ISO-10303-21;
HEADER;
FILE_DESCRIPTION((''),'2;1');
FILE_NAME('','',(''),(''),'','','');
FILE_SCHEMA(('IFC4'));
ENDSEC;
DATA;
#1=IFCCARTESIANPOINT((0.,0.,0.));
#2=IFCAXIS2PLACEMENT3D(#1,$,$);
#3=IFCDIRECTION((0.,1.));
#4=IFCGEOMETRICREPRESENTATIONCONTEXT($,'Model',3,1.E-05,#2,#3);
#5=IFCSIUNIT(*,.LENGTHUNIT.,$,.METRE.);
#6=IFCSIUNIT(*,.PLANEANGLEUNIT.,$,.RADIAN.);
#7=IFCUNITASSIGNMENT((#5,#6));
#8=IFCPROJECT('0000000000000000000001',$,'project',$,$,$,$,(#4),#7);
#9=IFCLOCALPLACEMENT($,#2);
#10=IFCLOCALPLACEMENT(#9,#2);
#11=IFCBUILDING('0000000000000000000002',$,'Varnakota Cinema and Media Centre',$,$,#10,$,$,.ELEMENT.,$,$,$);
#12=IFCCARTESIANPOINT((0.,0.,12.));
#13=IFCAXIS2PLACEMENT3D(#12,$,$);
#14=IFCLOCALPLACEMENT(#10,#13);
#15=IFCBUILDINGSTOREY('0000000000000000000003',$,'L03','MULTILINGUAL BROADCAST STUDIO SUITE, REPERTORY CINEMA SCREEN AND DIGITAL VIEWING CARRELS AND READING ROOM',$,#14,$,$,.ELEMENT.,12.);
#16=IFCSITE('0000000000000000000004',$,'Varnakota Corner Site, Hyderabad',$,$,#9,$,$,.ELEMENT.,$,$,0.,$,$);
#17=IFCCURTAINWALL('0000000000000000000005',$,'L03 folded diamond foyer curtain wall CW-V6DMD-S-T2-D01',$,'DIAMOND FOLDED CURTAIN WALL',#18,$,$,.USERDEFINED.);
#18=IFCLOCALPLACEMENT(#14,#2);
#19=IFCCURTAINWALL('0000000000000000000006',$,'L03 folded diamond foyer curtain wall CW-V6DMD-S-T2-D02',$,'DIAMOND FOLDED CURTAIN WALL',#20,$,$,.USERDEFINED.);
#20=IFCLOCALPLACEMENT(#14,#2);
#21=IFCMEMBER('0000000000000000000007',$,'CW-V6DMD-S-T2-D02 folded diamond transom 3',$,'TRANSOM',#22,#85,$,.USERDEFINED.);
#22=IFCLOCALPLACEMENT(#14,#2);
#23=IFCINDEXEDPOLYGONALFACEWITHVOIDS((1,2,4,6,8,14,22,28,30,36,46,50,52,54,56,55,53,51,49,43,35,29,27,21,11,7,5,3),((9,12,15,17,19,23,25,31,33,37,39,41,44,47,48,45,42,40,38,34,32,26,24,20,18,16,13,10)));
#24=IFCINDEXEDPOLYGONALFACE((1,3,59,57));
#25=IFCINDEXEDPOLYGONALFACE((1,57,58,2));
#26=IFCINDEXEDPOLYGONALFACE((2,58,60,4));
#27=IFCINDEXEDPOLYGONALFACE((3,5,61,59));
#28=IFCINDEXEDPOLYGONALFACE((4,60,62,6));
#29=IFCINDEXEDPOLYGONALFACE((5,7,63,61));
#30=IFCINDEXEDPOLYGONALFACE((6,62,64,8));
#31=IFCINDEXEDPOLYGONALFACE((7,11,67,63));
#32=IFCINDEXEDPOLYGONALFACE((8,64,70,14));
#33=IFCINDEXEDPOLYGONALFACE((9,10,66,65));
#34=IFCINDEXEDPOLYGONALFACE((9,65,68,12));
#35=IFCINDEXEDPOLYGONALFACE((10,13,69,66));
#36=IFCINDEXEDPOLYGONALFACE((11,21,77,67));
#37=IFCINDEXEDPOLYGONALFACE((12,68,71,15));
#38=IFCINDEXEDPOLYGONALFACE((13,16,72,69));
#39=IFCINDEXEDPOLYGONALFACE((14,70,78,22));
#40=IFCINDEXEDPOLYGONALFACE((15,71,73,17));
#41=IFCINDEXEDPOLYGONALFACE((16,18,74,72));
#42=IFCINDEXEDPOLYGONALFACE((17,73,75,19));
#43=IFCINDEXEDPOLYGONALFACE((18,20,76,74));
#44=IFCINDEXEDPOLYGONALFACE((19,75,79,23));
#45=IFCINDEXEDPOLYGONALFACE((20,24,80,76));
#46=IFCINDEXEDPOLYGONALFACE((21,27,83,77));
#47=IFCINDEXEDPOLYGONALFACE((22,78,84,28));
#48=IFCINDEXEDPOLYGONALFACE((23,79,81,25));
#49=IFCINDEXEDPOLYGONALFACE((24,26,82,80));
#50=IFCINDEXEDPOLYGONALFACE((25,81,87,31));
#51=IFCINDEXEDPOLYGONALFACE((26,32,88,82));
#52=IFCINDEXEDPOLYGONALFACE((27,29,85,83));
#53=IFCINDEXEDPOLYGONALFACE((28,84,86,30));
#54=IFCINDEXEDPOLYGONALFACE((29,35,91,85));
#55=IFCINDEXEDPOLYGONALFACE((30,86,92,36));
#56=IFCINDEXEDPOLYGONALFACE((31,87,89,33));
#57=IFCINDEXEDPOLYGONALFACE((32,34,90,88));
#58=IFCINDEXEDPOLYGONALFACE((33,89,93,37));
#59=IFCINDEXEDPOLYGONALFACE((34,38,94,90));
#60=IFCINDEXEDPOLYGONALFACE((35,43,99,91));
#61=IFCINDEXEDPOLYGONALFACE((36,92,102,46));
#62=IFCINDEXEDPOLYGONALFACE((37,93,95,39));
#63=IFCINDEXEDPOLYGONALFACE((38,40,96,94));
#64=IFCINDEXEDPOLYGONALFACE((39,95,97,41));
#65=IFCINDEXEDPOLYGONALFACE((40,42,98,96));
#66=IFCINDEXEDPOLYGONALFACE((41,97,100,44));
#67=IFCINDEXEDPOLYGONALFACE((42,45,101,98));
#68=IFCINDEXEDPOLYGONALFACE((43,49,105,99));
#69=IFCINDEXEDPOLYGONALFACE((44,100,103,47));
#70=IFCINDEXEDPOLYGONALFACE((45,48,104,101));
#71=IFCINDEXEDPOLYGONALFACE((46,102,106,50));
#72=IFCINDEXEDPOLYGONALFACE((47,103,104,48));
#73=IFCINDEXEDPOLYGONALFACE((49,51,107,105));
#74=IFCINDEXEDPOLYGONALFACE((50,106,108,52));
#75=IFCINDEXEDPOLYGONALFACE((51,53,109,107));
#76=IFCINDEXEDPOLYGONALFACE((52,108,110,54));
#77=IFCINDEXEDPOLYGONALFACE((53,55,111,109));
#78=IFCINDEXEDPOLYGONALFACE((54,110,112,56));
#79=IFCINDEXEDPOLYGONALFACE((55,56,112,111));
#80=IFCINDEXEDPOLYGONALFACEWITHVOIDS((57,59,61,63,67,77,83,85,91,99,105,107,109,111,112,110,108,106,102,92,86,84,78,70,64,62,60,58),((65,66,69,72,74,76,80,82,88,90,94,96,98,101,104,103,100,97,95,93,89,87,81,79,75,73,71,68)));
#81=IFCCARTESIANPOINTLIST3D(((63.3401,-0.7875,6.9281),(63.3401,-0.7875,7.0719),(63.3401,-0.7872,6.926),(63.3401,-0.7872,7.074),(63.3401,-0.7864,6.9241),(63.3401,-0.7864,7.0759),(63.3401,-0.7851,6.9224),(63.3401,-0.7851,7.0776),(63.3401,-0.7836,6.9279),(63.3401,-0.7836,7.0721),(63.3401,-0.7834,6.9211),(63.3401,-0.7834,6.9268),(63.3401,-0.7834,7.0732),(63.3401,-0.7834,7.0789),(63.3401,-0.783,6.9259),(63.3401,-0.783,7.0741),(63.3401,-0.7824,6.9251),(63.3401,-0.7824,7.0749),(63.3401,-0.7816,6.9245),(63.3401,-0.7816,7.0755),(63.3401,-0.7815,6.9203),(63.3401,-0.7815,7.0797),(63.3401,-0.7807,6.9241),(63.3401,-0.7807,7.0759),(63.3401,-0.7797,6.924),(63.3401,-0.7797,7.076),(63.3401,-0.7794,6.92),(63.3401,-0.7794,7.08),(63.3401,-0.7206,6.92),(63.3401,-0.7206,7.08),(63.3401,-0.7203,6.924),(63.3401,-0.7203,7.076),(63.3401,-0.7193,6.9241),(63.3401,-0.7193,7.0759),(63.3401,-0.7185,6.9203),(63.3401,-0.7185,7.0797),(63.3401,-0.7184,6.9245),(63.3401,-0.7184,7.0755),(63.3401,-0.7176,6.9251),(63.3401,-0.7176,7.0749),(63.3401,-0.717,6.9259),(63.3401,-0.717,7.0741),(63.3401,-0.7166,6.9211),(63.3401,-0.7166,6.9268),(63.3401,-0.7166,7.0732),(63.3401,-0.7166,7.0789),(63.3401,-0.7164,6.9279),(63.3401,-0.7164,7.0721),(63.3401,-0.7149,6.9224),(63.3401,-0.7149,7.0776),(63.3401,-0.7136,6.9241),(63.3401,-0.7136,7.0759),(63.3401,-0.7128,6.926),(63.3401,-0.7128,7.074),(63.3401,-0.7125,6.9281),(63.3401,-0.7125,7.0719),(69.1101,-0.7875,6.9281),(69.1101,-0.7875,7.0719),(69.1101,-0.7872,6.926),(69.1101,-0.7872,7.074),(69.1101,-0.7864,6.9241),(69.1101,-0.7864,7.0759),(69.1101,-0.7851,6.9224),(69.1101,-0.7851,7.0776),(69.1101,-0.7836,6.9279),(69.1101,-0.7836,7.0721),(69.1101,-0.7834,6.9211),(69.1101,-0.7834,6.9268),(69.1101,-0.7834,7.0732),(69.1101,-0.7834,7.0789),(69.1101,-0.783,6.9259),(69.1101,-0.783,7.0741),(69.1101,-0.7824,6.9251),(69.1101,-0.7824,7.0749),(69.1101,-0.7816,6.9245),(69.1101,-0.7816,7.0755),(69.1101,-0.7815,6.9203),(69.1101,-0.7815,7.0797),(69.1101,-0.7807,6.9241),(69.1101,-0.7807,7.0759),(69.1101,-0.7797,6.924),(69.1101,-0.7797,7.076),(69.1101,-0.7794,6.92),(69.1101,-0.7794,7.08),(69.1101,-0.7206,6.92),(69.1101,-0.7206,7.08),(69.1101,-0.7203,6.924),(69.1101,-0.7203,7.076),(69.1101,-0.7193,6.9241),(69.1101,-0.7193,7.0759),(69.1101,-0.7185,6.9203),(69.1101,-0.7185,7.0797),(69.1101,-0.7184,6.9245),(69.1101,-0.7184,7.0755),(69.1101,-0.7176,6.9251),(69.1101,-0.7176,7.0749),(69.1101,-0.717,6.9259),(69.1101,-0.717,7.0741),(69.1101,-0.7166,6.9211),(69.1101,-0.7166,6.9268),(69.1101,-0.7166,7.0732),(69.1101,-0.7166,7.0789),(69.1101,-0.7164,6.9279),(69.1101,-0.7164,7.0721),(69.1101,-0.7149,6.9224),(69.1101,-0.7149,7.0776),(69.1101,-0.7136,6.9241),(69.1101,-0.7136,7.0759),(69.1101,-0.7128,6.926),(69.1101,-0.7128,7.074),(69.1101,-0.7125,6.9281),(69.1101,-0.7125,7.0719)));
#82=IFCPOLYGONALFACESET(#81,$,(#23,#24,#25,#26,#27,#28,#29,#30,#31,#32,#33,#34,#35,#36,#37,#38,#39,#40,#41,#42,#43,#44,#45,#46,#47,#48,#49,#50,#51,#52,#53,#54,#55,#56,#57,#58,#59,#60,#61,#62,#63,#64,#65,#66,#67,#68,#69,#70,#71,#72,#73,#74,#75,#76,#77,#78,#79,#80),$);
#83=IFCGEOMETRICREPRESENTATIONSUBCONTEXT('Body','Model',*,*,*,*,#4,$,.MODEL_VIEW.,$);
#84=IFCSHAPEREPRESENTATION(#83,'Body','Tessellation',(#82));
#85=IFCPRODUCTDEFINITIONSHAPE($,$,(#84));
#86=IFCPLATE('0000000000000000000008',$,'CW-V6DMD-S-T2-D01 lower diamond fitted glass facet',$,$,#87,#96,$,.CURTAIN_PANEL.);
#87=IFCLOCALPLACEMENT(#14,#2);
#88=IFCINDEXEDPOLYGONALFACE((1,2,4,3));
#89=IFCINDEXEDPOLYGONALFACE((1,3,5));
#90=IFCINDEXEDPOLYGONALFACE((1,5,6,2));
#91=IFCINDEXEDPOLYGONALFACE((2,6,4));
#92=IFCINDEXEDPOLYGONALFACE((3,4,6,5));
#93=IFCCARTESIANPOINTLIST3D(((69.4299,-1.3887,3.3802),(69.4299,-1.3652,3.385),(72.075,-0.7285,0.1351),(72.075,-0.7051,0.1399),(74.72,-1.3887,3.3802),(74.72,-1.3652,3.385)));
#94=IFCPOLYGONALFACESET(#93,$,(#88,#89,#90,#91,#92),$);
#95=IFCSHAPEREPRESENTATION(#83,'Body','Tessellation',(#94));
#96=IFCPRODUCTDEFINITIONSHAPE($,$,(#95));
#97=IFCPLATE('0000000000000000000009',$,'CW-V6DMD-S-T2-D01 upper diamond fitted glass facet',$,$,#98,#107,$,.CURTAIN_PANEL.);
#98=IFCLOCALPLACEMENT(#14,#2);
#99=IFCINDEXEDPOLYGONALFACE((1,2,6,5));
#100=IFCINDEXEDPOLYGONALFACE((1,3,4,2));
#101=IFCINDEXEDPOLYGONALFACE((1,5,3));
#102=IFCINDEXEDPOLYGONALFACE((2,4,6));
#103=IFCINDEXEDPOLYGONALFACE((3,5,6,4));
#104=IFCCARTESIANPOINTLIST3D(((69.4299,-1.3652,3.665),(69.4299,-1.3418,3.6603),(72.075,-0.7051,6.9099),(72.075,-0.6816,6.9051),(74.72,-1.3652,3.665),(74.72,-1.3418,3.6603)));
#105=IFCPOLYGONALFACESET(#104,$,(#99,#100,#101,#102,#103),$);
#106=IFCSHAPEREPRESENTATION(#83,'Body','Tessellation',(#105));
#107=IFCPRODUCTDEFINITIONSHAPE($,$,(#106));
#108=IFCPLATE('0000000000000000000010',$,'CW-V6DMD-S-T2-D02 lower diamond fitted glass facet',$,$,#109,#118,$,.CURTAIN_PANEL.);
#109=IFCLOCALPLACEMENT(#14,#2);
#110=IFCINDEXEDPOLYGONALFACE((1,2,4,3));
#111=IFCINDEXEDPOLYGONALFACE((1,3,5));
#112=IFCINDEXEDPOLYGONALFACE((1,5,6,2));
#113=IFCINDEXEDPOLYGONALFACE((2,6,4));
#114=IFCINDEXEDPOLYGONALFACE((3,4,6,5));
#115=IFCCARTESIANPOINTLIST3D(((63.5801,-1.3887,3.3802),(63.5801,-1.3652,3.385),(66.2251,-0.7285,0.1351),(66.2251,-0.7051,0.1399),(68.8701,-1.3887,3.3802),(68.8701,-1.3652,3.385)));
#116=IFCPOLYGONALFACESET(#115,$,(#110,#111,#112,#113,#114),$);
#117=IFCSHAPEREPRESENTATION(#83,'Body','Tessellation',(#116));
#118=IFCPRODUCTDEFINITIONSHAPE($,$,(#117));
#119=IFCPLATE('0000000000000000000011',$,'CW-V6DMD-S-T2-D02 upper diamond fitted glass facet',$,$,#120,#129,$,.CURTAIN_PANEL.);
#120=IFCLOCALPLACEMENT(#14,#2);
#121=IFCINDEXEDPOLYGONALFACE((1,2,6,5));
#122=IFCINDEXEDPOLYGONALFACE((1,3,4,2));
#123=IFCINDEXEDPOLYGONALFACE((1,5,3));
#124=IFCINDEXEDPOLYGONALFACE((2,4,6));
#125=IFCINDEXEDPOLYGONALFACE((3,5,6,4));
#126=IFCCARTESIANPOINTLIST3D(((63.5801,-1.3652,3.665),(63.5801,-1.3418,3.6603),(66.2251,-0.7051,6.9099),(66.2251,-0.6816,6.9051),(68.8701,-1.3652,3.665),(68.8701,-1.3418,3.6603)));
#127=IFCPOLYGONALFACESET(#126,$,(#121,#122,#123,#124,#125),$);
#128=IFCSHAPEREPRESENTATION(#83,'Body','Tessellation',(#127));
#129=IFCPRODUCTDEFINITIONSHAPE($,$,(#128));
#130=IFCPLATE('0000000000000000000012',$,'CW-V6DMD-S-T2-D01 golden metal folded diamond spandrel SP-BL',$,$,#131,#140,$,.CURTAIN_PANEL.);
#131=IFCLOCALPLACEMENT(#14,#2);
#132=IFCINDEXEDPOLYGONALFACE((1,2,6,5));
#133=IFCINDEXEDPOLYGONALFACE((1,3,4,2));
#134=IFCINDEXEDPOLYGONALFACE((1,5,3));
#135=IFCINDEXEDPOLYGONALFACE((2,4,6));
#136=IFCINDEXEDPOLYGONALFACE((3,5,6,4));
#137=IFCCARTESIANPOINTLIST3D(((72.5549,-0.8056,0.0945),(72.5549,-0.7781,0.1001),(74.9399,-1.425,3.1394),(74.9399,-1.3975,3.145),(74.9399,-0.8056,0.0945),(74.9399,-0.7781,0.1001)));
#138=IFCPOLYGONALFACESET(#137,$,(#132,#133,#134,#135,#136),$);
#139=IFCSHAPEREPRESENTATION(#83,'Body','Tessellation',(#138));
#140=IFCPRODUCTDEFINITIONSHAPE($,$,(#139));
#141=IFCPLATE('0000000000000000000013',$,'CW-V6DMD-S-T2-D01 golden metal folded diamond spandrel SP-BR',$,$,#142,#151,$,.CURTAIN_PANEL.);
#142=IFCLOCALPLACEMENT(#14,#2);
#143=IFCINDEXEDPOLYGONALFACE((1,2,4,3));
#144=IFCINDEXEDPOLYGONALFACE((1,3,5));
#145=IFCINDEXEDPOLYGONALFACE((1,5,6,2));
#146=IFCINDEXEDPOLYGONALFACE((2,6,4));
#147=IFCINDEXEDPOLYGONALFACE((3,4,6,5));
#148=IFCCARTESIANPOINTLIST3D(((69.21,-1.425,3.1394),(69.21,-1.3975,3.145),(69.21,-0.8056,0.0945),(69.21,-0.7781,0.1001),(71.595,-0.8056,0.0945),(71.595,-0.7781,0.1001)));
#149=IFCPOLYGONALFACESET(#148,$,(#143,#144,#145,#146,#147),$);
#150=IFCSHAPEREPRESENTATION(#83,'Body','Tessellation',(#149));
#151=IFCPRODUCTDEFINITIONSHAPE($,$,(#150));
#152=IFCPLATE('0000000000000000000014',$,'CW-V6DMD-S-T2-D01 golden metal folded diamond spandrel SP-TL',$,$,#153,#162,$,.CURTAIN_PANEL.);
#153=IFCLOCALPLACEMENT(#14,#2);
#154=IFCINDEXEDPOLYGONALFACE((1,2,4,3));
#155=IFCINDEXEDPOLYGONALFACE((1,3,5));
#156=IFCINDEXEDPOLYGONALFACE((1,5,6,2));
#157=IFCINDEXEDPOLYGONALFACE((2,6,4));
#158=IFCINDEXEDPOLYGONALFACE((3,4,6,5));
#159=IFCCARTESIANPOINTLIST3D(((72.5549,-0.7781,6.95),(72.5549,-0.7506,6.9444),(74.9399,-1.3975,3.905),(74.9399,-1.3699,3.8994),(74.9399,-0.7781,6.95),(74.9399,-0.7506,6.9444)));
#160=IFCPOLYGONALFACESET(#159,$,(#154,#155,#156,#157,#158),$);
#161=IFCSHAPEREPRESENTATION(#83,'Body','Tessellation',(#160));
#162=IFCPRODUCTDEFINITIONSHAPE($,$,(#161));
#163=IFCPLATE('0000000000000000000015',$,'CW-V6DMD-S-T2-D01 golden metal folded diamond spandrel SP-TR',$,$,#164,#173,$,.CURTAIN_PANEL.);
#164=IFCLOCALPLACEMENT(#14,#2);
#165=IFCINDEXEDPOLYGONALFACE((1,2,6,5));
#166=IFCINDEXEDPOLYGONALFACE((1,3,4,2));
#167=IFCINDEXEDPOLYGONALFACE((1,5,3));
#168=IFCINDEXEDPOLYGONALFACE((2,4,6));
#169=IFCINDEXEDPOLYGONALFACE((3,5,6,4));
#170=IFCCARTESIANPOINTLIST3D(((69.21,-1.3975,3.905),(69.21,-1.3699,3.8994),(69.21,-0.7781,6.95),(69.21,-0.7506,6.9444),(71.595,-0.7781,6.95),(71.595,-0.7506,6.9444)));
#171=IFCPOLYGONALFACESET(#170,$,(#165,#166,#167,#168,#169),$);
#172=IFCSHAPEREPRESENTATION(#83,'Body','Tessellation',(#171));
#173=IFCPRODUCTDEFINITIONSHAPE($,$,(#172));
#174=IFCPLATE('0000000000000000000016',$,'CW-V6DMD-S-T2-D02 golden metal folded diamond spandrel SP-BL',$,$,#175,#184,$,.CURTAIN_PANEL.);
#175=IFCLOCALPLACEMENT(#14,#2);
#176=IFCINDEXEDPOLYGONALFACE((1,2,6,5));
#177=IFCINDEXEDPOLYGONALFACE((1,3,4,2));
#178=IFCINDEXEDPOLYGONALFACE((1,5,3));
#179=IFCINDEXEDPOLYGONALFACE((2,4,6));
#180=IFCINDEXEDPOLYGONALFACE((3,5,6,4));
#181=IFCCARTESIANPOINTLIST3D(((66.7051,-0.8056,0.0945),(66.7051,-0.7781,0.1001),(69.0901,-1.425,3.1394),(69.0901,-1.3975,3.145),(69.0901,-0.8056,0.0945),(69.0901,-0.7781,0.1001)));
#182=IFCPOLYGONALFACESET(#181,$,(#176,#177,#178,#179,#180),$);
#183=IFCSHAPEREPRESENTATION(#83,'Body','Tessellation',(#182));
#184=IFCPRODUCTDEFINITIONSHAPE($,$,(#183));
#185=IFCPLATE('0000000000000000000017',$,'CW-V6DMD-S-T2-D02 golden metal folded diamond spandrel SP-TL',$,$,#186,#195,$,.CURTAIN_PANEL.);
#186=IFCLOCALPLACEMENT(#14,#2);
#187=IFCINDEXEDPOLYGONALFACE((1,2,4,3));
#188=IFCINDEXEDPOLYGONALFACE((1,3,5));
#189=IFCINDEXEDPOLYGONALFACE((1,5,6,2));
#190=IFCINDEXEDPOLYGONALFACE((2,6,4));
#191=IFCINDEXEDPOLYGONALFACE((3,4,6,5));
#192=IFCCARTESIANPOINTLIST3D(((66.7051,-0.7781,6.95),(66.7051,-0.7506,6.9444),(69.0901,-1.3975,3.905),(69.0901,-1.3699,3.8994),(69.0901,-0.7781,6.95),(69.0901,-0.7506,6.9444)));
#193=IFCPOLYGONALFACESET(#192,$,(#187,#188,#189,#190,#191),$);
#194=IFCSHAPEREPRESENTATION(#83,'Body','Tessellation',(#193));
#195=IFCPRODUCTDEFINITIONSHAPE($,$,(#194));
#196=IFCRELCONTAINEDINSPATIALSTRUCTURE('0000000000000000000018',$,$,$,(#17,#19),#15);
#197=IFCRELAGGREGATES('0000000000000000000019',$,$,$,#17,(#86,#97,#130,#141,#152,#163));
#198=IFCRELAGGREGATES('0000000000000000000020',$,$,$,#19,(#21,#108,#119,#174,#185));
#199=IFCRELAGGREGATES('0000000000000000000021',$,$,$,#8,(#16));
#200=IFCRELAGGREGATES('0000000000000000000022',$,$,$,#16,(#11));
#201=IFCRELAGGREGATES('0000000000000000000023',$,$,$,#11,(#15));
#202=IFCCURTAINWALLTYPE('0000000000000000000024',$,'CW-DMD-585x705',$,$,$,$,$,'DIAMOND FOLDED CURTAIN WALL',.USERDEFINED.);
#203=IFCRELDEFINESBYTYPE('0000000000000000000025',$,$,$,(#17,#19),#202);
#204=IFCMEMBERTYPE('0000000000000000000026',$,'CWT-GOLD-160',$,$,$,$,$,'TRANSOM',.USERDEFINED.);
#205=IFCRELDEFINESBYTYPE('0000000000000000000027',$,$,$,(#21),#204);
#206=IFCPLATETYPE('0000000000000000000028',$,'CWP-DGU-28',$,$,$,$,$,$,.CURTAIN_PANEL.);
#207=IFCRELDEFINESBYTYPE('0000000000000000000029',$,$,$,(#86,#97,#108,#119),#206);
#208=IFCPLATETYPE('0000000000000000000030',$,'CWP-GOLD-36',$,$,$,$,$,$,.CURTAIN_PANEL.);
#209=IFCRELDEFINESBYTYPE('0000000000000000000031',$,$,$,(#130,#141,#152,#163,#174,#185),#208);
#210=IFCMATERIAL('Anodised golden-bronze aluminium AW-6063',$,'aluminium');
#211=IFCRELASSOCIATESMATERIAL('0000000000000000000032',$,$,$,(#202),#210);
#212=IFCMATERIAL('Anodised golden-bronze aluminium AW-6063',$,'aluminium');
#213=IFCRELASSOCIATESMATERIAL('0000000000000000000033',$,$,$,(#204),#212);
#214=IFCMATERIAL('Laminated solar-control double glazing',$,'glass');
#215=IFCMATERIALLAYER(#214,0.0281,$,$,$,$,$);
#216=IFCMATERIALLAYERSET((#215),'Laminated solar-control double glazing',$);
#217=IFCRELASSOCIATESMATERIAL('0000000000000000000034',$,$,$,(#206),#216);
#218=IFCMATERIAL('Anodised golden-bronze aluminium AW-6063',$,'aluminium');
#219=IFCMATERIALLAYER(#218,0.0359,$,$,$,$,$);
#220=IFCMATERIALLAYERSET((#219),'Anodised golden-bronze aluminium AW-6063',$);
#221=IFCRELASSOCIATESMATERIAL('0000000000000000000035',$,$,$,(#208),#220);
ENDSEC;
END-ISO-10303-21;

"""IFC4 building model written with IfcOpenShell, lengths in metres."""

from ifc_helpers import new_model, si_unit, direction, frame, origin, origin_2d, place, context, subcontext, project, spatial, polyline, hollow_rectangle, outline, extrude, material, layer, layer_set, material_profile, profile_set, type_object, element, aggregate, save


model = new_model("IFC4")

# Units and contexts
model_context = context("Model", 3, precision=1e-05, world=origin(), true_north=direction((0.0, 1.0)))
body_context = subcontext(model_context, "Body", "Model", "MODEL_VIEW")
ifc_project = project(units=[si_unit("LENGTHUNIT", "METRE"), si_unit("PLANEANGLEUNIT", "RADIAN")], contexts=[model_context])

# Site, building, storey
site_placement = place(None, origin())
site = spatial("IfcSite", under=ifc_project, at=site_placement, Name="Varnakota Corner Site, Hyderabad", CompositionType="ELEMENT", RefElevation=0.0)
building_placement = place(site_placement, origin())
building = spatial("IfcBuilding", under=site, at=building_placement, Name="Varnakota Cinema and Media Centre", CompositionType="ELEMENT")
storey_placement = place(building_placement, frame((0.0, 0.0, 12.0)))
storey = spatial("IfcBuildingStorey", under=building, at=storey_placement, Name="L03", Description="MULTILINGUAL BROADCAST STUDIO SUITE, REPERTORY CINEMA SCREEN AND DIGITAL VIEWING CARRELS AND READING ROOM", CompositionType="ELEMENT", Elevation=12.0)

# Curtain wall
ifc_material_1 = material(Name="Anodised golden-bronze aluminium AW-6063", Category="aluminium")
curtain_wall_type = type_object("IfcCurtainWallType", Name="CW-DMD-585x705", ElementType="DIAMOND FOLDED CURTAIN WALL", PredefinedType="USERDEFINED", material=ifc_material_1)
curtain_wall_1_placement = place(storey_placement, origin())
curtain_wall_1 = element("IfcCurtainWall", 1, at=curtain_wall_1_placement, inside=storey, type_object=curtain_wall_type, Name="L03 folded diamond foyer curtain wall CW-V6DMD-S-T2-D01", ObjectType="DIAMOND FOLDED CURTAIN WALL", PredefinedType="USERDEFINED")

# Curtain wall
curtain_wall_2_placement = place(storey_placement, origin())
curtain_wall_2 = element("IfcCurtainWall", 2, at=curtain_wall_2_placement, inside=storey, type_object=curtain_wall_type, Name="L03 folded diamond foyer curtain wall CW-V6DMD-S-T2-D02", ObjectType="DIAMOND FOLDED CURTAIN WALL", PredefinedType="USERDEFINED")

# Member
ifc_material_2 = material(Name="Anodised golden-bronze aluminium AW-6063", Category="aluminium")
ifc_material_profile_1 = material_profile(ifc_material_2, hollow_rectangle(XDim=0.075, YDim=0.1599, WallThickness=0.0039, InnerFilletRadius=0.0039, OuterFilletRadius=0.0081, at=origin_2d()), Name="AL-TRANSOM 160x75x4")
ifc_profile_set_1 = profile_set([ifc_material_profile_1], Name="Anodised golden-bronze aluminium AW-6063")
member_type_1 = type_object("IfcMemberType", Name="CWT-GOLD-160", ElementType="TRANSOM", PredefinedType="USERDEFINED", material=ifc_profile_set_1)
member_1_placement = place(storey_placement, frame((69.1101, -0.75, 7.0), z_axis=(-1.0, 0.0, 0.0), x_axis=(0.0, -1.0, 0.0)))
member_1 = element("IfcMember", 3, at=member_1_placement, type_object=member_type_1, Name="CW-V6DMD-S-T2-D02 folded diamond transom 3", ObjectType="TRANSOM", PredefinedType="USERDEFINED", context=body_context, shape_type="SweptSolid", body=[
    extrude(hollow_rectangle(XDim=0.075, YDim=0.1599, WallThickness=0.0039, InnerFilletRadius=0.0039, OuterFilletRadius=0.0081, at=origin_2d()), origin(), (0.0, 0.0, 1.0), 5.77),
])

# Plates
ifc_material_3 = material(Name="Laminated solar-control double glazing", Category="glass")
ifc_layer_1 = layer(ifc_material_3, 0.0281)
ifc_layer_set_1 = layer_set([ifc_layer_1], Name="Laminated solar-control double glazing")
plate_type_1 = type_object("IfcPlateType", Name="CWP-DGU-28", PredefinedType="CURTAIN_PANEL", material=ifc_layer_set_1)
plate_1_placement = place(storey_placement, frame((74.72, -1.3652, 3.385), z_axis=(0.0, 0.979929, 0.199348), x_axis=(-0.624084, 0.155762, -0.765675)))
plate_1 = element("IfcPlate", 4, at=plate_1_placement, type_object=plate_type_1, Name="CW-V6DMD-S-T2-D01 lower diamond fitted glass facet", PredefinedType="CURTAIN_PANEL", context=body_context, shape_type="SweptSolid", body=[
    extrude(outline(polyline([(0.0, 0.0), (4.2382, 0.0), (3.3014, 4.1334), (0.0, 0.0)])), origin(), (0.0, 0.0, -1.0), 0.0239),
])
plate_2_placement = place(storey_placement, frame((74.72, -1.3652, 3.665), z_axis=(0.0, -0.979926, 0.199362), x_axis=(-1.0, 0.0, 0.0)))
plate_2 = element("IfcPlate", 5, at=plate_2_placement, type_object=plate_type_1, Name="CW-V6DMD-S-T2-D01 upper diamond fitted glass facet", PredefinedType="CURTAIN_PANEL", context=body_context, shape_type="SweptSolid", body=[
    extrude(outline(polyline([(0.0, 0.0), (5.29, 0.0), (2.645, -3.3113), (0.0, 0.0)])), origin(), (0.0, 0.0, -1.0), 0.0239),
])
plate_3_placement = place(storey_placement, frame((68.8701, -1.3652, 3.385), z_axis=(0.0, 0.979929, 0.199348), x_axis=(-0.624084, 0.155762, -0.765675)))
plate_3 = element("IfcPlate", 6, at=plate_3_placement, type_object=plate_type_1, Name="CW-V6DMD-S-T2-D02 lower diamond fitted glass facet", PredefinedType="CURTAIN_PANEL", context=body_context, shape_type="SweptSolid", body=[
    extrude(outline(polyline([(0.0, 0.0), (4.2382, 0.0), (3.3014, 4.1334), (0.0, 0.0)])), origin(), (0.0, 0.0, -1.0), 0.0239),
])
plate_4_placement = place(storey_placement, frame((68.8701, -1.3652, 3.665), z_axis=(0.0, -0.979926, 0.199362), x_axis=(-1.0, 0.0, 0.0)))
plate_4 = element("IfcPlate", 7, at=plate_4_placement, type_object=plate_type_1, Name="CW-V6DMD-S-T2-D02 upper diamond fitted glass facet", PredefinedType="CURTAIN_PANEL", context=body_context, shape_type="SweptSolid", body=[
    extrude(outline(polyline([(0.0, 0.0), (5.29, 0.0), (2.645, -3.3113), (0.0, 0.0)])), origin(), (0.0, 0.0, -1.0), 0.0239),
])
ifc_material_4 = material(Name="Anodised golden-bronze aluminium AW-6063", Category="aluminium")
ifc_layer_2 = layer(ifc_material_4, 0.0359)
ifc_layer_set_2 = layer_set([ifc_layer_2], Name="Anodised golden-bronze aluminium AW-6063")
plate_type_2 = type_object("IfcPlateType", Name="CWP-GOLD-36", PredefinedType="CURTAIN_PANEL", material=ifc_layer_set_2)
plate_5_placement = place(storey_placement, frame((74.9399, -0.7781, 0.1001), z_axis=(0.0, 0.979932, 0.199333), x_axis=(-1.0, 0.0, 0.0)))
plate_5 = element("IfcPlate", 8, at=plate_5_placement, type_object=plate_type_2, Name="CW-V6DMD-S-T2-D01 golden metal folded diamond spandrel SP-BL", PredefinedType="CURTAIN_PANEL", context=body_context, shape_type="SweptSolid", body=[
    extrude(outline(polyline([(0.0, 0.0), (2.385, 0.0), (0.0, 3.1073), (0.0, 0.0)])), origin(), (0.0, 0.0, -1.0), 0.0281),
])
plate_6_placement = place(storey_placement, frame((71.595, -0.7781, 0.1001), z_axis=(0.0, 0.979932, 0.199333), x_axis=(-1.0, 0.0, 0.0)))
plate_6 = element("IfcPlate", 9, at=plate_6_placement, type_object=plate_type_2, Name="CW-V6DMD-S-T2-D01 golden metal folded diamond spandrel SP-BR", PredefinedType="CURTAIN_PANEL", context=body_context, shape_type="SweptSolid", body=[
    extrude(outline(polyline([(0.0, 0.0), (2.385, 0.0), (2.385, 3.1073), (0.0, 0.0)])), origin(), (0.0, 0.0, -1.0), 0.0281),
])
plate_7_placement = place(storey_placement, frame((74.9399, -1.3975, 3.905), z_axis=(0.0, -0.979932, 0.199333), x_axis=(-0.608876, 0.158124, 0.777346)))
plate_7 = element("IfcPlate", 10, at=plate_7_placement, type_object=plate_type_2, Name="CW-V6DMD-S-T2-D01 golden metal folded diamond spandrel SP-TL", PredefinedType="CURTAIN_PANEL", context=body_context, shape_type="SweptSolid", body=[
    extrude(outline(polyline([(0.0, 0.0), (3.9171, 0.0), (2.4649, -1.8919), (0.0, 0.0)])), origin(), (0.0, 0.0, -1.0), 0.0281),
])
plate_8_placement = place(storey_placement, frame((69.21, -1.3975, 3.905), z_axis=(0.0, -0.979932, 0.199333), x_axis=(0.0, 0.199333, 0.979932)))
plate_8 = element("IfcPlate", 11, at=plate_8_placement, type_object=plate_type_2, Name="CW-V6DMD-S-T2-D01 golden metal folded diamond spandrel SP-TR", PredefinedType="CURTAIN_PANEL", context=body_context, shape_type="SweptSolid", body=[
    extrude(outline(polyline([(0.0, 0.0), (3.1073, 0.0), (3.1073, -2.385), (0.0, 0.0)])), origin(), (0.0, 0.0, -1.0), 0.0281),
])
aggregate(curtain_wall_1, [plate_1, plate_2, plate_5, plate_6, plate_7, plate_8])
plate_9_placement = place(storey_placement, frame((69.0901, -0.7781, 0.1001), z_axis=(0.0, 0.979932, 0.199333), x_axis=(-1.0, 0.0, 0.0)))
plate_9 = element("IfcPlate", 12, at=plate_9_placement, type_object=plate_type_2, Name="CW-V6DMD-S-T2-D02 golden metal folded diamond spandrel SP-BL", PredefinedType="CURTAIN_PANEL", context=body_context, shape_type="SweptSolid", body=[
    extrude(outline(polyline([(0.0, 0.0), (2.385, 0.0), (0.0, 3.1073), (0.0, 0.0)])), origin(), (0.0, 0.0, -1.0), 0.0281),
])
plate_10_placement = place(storey_placement, frame((69.0901, -1.3975, 3.905), z_axis=(0.0, -0.979932, 0.199333), x_axis=(-0.608876, 0.158124, 0.777346)))
plate_10 = element("IfcPlate", 13, at=plate_10_placement, type_object=plate_type_2, Name="CW-V6DMD-S-T2-D02 golden metal folded diamond spandrel SP-TL", PredefinedType="CURTAIN_PANEL", context=body_context, shape_type="SweptSolid", body=[
    extrude(outline(polyline([(0.0, 0.0), (3.9171, 0.0), (2.4649, -1.8919), (0.0, 0.0)])), origin(), (0.0, 0.0, -1.0), 0.0281),
])
aggregate(curtain_wall_2, [member_1, plate_3, plate_4, plate_9, plate_10])

save(model, "model.ifc")
